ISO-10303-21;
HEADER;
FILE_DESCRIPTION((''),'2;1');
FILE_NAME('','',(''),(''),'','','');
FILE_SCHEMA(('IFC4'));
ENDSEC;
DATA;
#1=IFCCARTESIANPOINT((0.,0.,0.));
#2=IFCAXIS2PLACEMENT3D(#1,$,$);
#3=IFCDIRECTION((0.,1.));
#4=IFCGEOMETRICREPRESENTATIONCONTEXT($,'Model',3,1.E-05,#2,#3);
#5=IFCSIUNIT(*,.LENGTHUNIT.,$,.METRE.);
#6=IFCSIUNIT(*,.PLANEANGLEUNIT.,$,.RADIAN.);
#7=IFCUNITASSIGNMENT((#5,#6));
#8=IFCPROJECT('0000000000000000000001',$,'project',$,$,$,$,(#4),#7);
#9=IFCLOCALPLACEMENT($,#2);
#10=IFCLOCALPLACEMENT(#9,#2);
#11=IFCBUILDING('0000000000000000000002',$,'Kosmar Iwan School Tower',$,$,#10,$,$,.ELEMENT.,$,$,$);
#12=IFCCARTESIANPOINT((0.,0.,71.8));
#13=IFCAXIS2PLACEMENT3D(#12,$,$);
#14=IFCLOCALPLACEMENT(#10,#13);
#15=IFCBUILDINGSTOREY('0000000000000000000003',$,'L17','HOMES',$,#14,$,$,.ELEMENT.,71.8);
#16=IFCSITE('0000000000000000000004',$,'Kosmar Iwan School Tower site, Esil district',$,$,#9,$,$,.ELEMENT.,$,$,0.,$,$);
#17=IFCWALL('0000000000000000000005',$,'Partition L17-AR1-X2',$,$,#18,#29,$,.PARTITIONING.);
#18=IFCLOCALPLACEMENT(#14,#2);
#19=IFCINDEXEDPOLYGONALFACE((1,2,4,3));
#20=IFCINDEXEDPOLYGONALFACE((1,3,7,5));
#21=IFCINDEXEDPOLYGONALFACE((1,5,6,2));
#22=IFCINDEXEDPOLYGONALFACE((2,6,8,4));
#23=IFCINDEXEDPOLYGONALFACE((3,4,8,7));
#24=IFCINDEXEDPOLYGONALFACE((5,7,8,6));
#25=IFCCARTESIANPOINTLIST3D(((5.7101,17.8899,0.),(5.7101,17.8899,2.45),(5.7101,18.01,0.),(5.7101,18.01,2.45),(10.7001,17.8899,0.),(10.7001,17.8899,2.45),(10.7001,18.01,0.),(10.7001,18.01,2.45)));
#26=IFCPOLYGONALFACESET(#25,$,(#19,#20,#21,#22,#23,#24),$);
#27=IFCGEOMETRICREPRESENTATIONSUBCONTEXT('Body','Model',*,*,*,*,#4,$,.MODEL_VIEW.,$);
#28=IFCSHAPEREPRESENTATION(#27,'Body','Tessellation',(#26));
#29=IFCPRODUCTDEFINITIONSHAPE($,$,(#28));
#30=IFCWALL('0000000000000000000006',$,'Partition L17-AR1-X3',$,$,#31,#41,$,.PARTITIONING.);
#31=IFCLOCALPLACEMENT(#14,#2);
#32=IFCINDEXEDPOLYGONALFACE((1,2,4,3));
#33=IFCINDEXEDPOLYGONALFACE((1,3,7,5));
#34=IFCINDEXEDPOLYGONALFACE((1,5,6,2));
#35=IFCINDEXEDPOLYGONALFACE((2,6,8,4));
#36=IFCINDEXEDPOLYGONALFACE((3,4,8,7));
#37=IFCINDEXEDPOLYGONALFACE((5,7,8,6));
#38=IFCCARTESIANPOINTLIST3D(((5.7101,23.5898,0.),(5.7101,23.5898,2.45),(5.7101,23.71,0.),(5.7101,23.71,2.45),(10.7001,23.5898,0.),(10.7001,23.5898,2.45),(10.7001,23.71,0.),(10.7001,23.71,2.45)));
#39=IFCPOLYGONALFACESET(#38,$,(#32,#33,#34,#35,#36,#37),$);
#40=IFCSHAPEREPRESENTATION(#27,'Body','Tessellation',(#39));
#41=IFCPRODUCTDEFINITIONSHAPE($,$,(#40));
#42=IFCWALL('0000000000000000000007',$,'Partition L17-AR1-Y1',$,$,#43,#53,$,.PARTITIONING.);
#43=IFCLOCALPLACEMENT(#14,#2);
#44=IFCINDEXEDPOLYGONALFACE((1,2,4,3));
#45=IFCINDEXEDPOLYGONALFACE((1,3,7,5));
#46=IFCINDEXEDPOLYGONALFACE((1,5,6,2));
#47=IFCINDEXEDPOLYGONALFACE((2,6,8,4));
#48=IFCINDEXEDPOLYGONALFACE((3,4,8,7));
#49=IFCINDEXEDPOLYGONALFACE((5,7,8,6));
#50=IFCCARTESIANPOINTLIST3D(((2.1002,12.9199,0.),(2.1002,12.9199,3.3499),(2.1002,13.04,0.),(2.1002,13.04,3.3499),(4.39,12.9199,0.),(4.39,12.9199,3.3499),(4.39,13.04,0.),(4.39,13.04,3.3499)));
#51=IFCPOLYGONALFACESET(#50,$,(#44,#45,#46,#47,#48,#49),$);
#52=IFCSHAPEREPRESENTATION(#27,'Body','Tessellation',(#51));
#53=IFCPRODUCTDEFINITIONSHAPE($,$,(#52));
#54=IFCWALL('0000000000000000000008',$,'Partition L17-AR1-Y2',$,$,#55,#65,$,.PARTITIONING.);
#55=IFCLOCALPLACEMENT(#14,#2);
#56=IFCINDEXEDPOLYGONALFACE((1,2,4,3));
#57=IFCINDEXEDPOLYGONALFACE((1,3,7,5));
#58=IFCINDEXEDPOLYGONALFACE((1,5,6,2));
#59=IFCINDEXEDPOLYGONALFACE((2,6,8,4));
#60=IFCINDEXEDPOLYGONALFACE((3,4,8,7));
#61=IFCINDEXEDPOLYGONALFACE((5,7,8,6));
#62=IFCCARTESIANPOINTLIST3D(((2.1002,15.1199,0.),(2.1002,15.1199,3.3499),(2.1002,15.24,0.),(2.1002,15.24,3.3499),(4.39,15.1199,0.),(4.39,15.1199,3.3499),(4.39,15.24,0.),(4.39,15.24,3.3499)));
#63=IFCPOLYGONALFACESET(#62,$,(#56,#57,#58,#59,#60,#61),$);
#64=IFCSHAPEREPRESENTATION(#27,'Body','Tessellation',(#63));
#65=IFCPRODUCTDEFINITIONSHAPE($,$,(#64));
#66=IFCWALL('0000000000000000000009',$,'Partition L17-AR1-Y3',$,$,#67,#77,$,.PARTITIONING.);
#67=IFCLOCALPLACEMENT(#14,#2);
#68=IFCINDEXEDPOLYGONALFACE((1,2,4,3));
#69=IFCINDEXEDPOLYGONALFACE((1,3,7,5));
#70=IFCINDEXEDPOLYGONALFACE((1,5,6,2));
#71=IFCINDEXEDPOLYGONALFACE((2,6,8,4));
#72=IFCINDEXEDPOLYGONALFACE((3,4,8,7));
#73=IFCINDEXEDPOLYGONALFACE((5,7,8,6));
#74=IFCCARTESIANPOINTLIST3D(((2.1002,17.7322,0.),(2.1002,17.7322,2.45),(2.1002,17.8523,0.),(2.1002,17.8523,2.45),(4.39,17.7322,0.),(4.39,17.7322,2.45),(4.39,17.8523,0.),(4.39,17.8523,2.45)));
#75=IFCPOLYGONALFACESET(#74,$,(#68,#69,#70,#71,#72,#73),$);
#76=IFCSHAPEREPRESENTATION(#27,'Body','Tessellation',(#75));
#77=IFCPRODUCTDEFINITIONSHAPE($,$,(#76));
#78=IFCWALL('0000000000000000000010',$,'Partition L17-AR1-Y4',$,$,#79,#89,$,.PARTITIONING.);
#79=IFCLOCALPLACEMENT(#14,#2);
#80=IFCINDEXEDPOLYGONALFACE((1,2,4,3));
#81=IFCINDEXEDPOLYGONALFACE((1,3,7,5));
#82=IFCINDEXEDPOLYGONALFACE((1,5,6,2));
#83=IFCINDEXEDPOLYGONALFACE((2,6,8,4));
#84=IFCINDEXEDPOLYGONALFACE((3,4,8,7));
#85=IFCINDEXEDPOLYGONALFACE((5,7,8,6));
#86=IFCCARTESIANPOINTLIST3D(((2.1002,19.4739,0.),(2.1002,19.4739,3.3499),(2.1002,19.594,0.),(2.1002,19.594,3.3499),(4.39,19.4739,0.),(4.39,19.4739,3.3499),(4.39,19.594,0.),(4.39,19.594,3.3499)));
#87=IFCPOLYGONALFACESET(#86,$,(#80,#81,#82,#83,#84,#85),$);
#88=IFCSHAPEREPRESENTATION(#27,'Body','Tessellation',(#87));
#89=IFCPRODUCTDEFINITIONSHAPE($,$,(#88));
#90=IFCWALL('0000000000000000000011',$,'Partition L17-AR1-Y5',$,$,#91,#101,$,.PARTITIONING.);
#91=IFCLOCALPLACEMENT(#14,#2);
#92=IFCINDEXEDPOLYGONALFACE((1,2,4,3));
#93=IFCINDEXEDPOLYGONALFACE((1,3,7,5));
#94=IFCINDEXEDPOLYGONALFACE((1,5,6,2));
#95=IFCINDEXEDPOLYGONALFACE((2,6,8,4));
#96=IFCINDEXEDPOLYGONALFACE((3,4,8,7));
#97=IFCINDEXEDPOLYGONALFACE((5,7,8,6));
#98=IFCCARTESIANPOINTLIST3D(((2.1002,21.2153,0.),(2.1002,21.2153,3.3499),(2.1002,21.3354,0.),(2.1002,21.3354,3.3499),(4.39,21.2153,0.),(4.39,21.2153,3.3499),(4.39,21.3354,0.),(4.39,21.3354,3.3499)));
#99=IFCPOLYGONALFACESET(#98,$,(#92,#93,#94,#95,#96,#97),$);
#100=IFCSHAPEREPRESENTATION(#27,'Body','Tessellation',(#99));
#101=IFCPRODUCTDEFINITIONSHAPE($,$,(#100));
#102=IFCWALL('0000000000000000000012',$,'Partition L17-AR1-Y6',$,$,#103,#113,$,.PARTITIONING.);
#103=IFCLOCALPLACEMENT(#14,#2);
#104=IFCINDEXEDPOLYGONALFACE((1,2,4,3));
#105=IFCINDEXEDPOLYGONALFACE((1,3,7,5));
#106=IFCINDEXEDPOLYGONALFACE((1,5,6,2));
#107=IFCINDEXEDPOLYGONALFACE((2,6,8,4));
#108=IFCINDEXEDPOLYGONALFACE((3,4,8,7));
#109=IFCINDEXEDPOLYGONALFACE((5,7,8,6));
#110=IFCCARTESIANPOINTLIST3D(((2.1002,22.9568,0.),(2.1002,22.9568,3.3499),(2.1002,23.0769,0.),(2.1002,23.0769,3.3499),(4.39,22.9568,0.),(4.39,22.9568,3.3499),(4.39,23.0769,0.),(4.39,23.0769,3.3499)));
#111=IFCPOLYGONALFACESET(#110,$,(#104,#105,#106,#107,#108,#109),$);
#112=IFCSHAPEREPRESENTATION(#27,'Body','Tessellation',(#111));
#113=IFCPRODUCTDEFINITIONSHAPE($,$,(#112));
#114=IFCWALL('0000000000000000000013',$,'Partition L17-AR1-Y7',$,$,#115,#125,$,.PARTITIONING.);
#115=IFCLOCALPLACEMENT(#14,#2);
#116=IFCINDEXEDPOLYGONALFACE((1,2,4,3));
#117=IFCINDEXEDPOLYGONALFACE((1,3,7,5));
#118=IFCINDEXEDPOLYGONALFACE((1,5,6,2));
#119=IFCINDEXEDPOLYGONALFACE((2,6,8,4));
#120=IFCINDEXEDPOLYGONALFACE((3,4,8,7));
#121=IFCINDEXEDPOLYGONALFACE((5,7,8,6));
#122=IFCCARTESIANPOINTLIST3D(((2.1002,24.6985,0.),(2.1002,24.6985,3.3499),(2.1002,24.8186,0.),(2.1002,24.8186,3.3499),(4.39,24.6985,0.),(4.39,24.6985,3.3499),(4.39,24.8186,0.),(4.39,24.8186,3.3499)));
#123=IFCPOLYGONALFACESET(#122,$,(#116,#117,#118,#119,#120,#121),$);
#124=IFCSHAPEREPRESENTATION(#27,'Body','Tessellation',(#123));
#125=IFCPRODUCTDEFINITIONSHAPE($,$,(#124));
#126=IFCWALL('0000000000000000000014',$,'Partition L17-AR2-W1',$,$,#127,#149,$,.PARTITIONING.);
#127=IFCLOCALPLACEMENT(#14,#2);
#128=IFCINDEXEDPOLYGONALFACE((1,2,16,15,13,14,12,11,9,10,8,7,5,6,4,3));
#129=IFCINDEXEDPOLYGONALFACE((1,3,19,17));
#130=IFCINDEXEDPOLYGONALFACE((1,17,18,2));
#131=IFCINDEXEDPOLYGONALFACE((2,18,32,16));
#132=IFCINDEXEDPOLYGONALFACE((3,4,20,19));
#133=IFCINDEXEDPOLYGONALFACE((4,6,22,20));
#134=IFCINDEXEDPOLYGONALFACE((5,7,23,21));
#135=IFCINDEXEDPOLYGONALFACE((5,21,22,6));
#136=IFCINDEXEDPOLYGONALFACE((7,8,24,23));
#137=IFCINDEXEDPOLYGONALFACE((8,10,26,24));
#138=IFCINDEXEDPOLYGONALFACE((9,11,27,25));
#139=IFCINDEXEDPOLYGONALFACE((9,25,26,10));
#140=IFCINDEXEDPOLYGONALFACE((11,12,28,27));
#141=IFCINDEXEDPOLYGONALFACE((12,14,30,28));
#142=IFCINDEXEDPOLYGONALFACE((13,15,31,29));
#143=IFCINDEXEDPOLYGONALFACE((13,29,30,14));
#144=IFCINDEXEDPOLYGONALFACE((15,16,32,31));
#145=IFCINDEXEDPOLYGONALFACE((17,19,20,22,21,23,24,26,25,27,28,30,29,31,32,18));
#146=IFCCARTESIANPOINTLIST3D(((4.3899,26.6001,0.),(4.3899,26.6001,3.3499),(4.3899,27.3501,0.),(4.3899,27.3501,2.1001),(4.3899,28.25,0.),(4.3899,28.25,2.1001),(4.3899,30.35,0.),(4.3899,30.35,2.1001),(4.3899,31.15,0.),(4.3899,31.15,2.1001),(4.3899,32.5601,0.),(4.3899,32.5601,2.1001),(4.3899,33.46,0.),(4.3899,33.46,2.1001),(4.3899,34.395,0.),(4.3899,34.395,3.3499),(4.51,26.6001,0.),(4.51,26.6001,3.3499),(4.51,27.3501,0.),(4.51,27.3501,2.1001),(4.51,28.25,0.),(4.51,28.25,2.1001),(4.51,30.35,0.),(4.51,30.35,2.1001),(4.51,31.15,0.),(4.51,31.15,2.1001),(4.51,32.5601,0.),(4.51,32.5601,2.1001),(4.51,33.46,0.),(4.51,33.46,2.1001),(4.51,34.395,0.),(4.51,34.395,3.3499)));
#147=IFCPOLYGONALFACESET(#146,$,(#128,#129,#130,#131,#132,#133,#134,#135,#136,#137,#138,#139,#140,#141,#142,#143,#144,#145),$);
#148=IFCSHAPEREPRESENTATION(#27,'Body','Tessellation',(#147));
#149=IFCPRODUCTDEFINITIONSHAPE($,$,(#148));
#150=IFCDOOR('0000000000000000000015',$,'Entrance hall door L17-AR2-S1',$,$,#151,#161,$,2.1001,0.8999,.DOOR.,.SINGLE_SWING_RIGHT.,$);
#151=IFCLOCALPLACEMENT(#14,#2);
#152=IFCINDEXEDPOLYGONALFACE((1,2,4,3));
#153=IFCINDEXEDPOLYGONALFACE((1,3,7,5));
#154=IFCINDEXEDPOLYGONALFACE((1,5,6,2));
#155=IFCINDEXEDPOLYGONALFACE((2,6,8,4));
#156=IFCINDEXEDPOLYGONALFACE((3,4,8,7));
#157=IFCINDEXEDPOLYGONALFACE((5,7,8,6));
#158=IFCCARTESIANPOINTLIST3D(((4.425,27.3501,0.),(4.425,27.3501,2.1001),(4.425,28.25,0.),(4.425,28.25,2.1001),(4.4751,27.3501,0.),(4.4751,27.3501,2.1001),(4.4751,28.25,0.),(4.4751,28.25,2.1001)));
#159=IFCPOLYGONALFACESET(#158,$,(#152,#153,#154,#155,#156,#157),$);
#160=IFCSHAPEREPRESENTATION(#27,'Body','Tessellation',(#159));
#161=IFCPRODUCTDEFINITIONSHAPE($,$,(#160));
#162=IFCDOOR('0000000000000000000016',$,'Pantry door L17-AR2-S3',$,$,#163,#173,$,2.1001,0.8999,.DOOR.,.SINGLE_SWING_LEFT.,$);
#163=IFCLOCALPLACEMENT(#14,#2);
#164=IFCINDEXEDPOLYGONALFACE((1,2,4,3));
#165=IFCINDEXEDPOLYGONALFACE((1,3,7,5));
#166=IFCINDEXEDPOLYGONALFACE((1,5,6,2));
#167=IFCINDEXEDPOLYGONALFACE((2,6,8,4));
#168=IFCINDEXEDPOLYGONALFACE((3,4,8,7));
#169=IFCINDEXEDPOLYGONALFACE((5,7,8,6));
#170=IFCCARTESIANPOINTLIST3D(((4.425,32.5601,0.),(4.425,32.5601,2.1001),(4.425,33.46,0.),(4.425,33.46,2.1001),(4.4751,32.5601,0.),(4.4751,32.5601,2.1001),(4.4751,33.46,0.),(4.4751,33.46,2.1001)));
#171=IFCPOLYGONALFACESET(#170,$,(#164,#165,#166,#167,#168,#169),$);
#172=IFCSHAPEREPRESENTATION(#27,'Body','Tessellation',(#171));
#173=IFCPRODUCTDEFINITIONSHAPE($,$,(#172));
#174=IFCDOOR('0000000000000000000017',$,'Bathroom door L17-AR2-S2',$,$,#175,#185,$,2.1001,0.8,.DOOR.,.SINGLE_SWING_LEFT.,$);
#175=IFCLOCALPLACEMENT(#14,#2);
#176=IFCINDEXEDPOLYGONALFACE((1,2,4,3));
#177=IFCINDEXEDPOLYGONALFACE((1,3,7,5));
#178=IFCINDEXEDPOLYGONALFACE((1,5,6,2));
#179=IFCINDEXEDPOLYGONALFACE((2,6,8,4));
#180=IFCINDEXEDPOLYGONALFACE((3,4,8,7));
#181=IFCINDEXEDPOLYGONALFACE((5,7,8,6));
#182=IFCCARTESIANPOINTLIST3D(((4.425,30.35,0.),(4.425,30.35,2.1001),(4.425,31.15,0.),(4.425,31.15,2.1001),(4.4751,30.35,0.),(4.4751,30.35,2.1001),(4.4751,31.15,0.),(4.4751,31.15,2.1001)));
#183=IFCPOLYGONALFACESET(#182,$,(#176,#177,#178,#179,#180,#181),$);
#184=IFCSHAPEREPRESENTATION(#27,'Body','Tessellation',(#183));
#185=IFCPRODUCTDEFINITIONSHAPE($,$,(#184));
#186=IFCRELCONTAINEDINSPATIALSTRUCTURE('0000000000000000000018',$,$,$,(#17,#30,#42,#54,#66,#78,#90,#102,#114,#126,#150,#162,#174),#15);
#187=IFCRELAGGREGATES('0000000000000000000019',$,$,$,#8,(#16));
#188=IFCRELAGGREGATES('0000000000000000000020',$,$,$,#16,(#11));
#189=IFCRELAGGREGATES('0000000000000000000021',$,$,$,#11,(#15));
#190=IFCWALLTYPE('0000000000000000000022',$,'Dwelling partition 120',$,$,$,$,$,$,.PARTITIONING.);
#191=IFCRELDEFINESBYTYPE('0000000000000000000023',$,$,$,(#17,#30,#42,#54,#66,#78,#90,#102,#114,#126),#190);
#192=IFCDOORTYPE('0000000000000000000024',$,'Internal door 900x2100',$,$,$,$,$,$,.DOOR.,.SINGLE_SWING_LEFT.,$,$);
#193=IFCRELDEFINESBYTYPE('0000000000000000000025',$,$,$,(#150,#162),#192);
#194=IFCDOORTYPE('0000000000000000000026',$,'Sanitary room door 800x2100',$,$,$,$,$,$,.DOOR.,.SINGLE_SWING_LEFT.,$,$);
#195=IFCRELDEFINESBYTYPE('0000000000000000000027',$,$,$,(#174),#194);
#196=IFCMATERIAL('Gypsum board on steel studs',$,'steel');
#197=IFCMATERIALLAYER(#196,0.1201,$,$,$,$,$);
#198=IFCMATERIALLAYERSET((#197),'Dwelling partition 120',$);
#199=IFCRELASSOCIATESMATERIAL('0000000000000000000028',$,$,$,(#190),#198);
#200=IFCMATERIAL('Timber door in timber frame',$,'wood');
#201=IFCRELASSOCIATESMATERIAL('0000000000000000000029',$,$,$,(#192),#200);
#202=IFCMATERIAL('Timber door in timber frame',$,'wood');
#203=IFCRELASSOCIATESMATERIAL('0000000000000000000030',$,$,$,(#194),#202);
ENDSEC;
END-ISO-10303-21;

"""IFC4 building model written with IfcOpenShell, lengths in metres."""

from ifc_helpers import new_model, si_unit, direction, frame, frame_2d, origin, place, context, subcontext, project, spatial, rectangle, extrude, material, layer, layer_set, type_object, element, fill, save


model = new_model("IFC4")

# Units and contexts
model_context = context("Model", 3, precision=1e-05, world=origin(), true_north=direction((0.0, 1.0)))
body_context = subcontext(model_context, "Body", "Model", "MODEL_VIEW")
ifc_project = project(units=[si_unit("LENGTHUNIT", "METRE"), si_unit("PLANEANGLEUNIT", "RADIAN")], contexts=[model_context])

# Site, building, storey
site_placement = place(None, origin())
site = spatial("IfcSite", under=ifc_project, at=site_placement, Name="Kosmar Iwan School Tower site, Esil district", CompositionType="ELEMENT", RefElevation=0.0)
building_placement = place(site_placement, origin())
building = spatial("IfcBuilding", under=site, at=building_placement, Name="Kosmar Iwan School Tower", CompositionType="ELEMENT")
storey_placement = place(building_placement, frame((0.0, 0.0, 71.8)))
storey = spatial("IfcBuildingStorey", under=building, at=storey_placement, Name="L17", Description="HOMES", CompositionType="ELEMENT", Elevation=71.8)

# Walls
ifc_material_1 = material(Name="Gypsum board on steel studs", Category="steel")
ifc_layer_1 = layer(ifc_material_1, 0.1201)
ifc_layer_set_1 = layer_set([ifc_layer_1], Name="Dwelling partition 120")
wall_type_1 = type_object("IfcWallType", Name="Dwelling partition 120", PredefinedType="PARTITIONING", material=ifc_layer_set_1)
for number, where, z_axis, x_axis, name in (
    (1, (5.71, 17.95, 0.0), (0.0, 0.0, 1.0), (1.0, 0.0, 0.0), "Partition L17-AR1-X2"),
    (2, (5.71, 23.6499, 0.0), (0.0, 0.0, 1.0), (1.0, 0.0, 0.0), "Partition L17-AR1-X3"),
):
    element("IfcWall", number, at=place(storey_placement, frame(where, z_axis=z_axis, x_axis=x_axis)), inside=storey, type_object=wall_type_1, Name=name, PredefinedType="PARTITIONING", context=body_context, shape_type="SweptSolid", body=[
        extrude(rectangle(XDim=4.99, YDim=0.1201, at=frame_2d((2.4951, 0.0))), origin(), (0.0, 0.0, 1.0), 2.45),
    ])
for number, where, z_axis, x_axis, name in (
    (3, (2.1001, 12.98, 0.0), (0.0, 0.0, 1.0), (1.0, 0.0, 0.0), "Partition L17-AR1-Y1"),
    (4, (2.1001, 15.1799, 0.0), (0.0, 0.0, 1.0), (1.0, 0.0, 0.0), "Partition L17-AR1-Y2"),
):
    element("IfcWall", number, at=place(storey_placement, frame(where, z_axis=z_axis, x_axis=x_axis)), inside=storey, type_object=wall_type_1, Name=name, PredefinedType="PARTITIONING", context=body_context, shape_type="SweptSolid", body=[
        extrude(rectangle(XDim=2.2898, YDim=0.1201, at=frame_2d((1.145, 0.0))), origin(), (0.0, 0.0, 1.0), 3.3499),
    ])
wall_1_placement = place(storey_placement, frame((2.1001, 17.7922, 0.0), z_axis=(0.0, 0.0, 1.0), x_axis=(1.0, 0.0, 0.0)))
element("IfcWall", 5, at=wall_1_placement, inside=storey, type_object=wall_type_1, Name="Partition L17-AR1-Y3", PredefinedType="PARTITIONING", context=body_context, shape_type="SweptSolid", body=[
    extrude(rectangle(XDim=2.2898, YDim=0.1201, at=frame_2d((1.145, 0.0))), origin(), (0.0, 0.0, 1.0), 2.45),
])
for number, where, z_axis, x_axis, name in (
    (6, (2.1001, 19.5339, 0.0), (0.0, 0.0, 1.0), (1.0, 0.0, 0.0), "Partition L17-AR1-Y4"),
    (7, (2.1001, 21.2754, 0.0), (0.0, 0.0, 1.0), (1.0, 0.0, 0.0), "Partition L17-AR1-Y5"),
    (8, (2.1001, 23.0168, 0.0), (0.0, 0.0, 1.0), (1.0, 0.0, 0.0), "Partition L17-AR1-Y6"),
    (9, (2.1001, 24.7585, 0.0), (0.0, 0.0, 1.0), (1.0, 0.0, 0.0), "Partition L17-AR1-Y7"),
):
    element("IfcWall", number, at=place(storey_placement, frame(where, z_axis=z_axis, x_axis=x_axis)), inside=storey, type_object=wall_type_1, Name=name, PredefinedType="PARTITIONING", context=body_context, shape_type="SweptSolid", body=[
        extrude(rectangle(XDim=2.2898, YDim=0.1201, at=frame_2d((1.145, 0.0))), origin(), (0.0, 0.0, 1.0), 3.3499),
    ])

# Wall, openings, doors
wall_2_placement = place(storey_placement, frame((4.45, 26.6001, 0.0), z_axis=(0.0, 0.0, 1.0), x_axis=(0.0, 1.0, 0.0)))
wall_2 = element("IfcWall", 10, at=wall_2_placement, inside=storey, type_object=wall_type_1, Name="Partition L17-AR2-W1", PredefinedType="PARTITIONING", context=body_context, shape_type="SweptSolid", body=[
    extrude(rectangle(XDim=7.7949, YDim=0.1201, at=frame_2d((3.8975, 0.0))), origin(), (0.0, 0.0, 1.0), 3.3499),
])
opening_1_placement = place(wall_2_placement, frame((0.75, 0.0, 0.0)))
opening_1 = element("IfcOpeningElement", 11, at=opening_1_placement, cuts=wall_2, PredefinedType="OPENING", context=body_context, shape_type="SweptSolid", body=[
    extrude(rectangle(XDim=0.8999, YDim=2.1001, at=frame_2d((0.45, 1.05))), frame((0.0, 0.072, 0.0), z_axis=(0.0, -1.0, 0.0), x_axis=(1.0, 0.0, 0.0)), (0.0, 0.0, 1.0), 0.144),
])
opening_2_placement = place(wall_2_placement, frame((3.75, 0.0, 0.0)))
opening_2 = element("IfcOpeningElement", 12, at=opening_2_placement, cuts=wall_2, PredefinedType="OPENING", context=body_context, shape_type="SweptSolid", body=[
    extrude(rectangle(XDim=0.8, YDim=2.1001, at=frame_2d((0.3999, 1.05))), frame((0.0, 0.072, 0.0), z_axis=(0.0, -1.0, 0.0), x_axis=(1.0, 0.0, 0.0)), (0.0, 0.0, 1.0), 0.144),
])
opening_3_placement = place(wall_2_placement, frame((5.96, 0.0, 0.0)))
opening_3 = element("IfcOpeningElement", 13, at=opening_3_placement, cuts=wall_2, PredefinedType="OPENING", context=body_context, shape_type="SweptSolid", body=[
    extrude(rectangle(XDim=0.8999, YDim=2.1001, at=frame_2d((0.45, 1.05))), frame((0.0, 0.072, 0.0), z_axis=(0.0, -1.0, 0.0), x_axis=(1.0, 0.0, 0.0)), (0.0, 0.0, 1.0), 0.144),
])
ifc_material_2 = material(Name="Timber door in timber frame", Category="wood")
door_type_1 = type_object("IfcDoorType", Name="Internal door 900x2100", OperationType="SINGLE_SWING_LEFT", PredefinedType="DOOR", material=ifc_material_2)
door_1_placement = place(opening_1_placement, origin())
door_1 = element("IfcDoor", 14, at=door_1_placement, inside=storey, type_object=door_type_1, Name="Entrance hall door L17-AR2-S1", OperationType="SINGLE_SWING_RIGHT", OverallHeight=2.1001, OverallWidth=0.8999, PredefinedType="DOOR", context=body_context, shape_type="SweptSolid", body=[
    extrude(rectangle(XDim=0.8999, YDim=2.1001, at=frame_2d((0.45, 1.05))), frame((0.0, 0.0249, 0.0), z_axis=(0.0, -1.0, 0.0), x_axis=(1.0, 0.0, 0.0)), (0.0, 0.0, 1.0), 0.05),
])
fill(opening_1, door_1)
door_2_placement = place(opening_3_placement, origin())
door_2 = element("IfcDoor", 15, at=door_2_placement, inside=storey, type_object=door_type_1, Name="Pantry door L17-AR2-S3", OperationType="SINGLE_SWING_LEFT", OverallHeight=2.1001, OverallWidth=0.8999, PredefinedType="DOOR", context=body_context, shape_type="SweptSolid", body=[
    extrude(rectangle(XDim=0.8999, YDim=2.1001, at=frame_2d((0.45, 1.05))), frame((0.0, 0.0249, 0.0), z_axis=(0.0, -1.0, 0.0), x_axis=(1.0, 0.0, 0.0)), (0.0, 0.0, 1.0), 0.05),
])
fill(opening_3, door_2)
ifc_material_3 = material(Name="Timber door in timber frame", Category="wood")
door_type_2 = type_object("IfcDoorType", Name="Sanitary room door 800x2100", OperationType="SINGLE_SWING_LEFT", PredefinedType="DOOR", material=ifc_material_3)
door_3_placement = place(opening_2_placement, origin())
door_3 = element("IfcDoor", 16, at=door_3_placement, inside=storey, type_object=door_type_2, Name="Bathroom door L17-AR2-S2", OperationType="SINGLE_SWING_LEFT", OverallHeight=2.1001, OverallWidth=0.8, PredefinedType="DOOR", context=body_context, shape_type="SweptSolid", body=[
    extrude(rectangle(XDim=0.8, YDim=2.1001, at=frame_2d((0.3999, 1.05))), frame((0.0, 0.0249, 0.0), z_axis=(0.0, -1.0, 0.0), x_axis=(1.0, 0.0, 0.0)), (0.0, 0.0, 1.0), 0.05),
])
fill(opening_2, door_3)

save(model, "model.ifc")
